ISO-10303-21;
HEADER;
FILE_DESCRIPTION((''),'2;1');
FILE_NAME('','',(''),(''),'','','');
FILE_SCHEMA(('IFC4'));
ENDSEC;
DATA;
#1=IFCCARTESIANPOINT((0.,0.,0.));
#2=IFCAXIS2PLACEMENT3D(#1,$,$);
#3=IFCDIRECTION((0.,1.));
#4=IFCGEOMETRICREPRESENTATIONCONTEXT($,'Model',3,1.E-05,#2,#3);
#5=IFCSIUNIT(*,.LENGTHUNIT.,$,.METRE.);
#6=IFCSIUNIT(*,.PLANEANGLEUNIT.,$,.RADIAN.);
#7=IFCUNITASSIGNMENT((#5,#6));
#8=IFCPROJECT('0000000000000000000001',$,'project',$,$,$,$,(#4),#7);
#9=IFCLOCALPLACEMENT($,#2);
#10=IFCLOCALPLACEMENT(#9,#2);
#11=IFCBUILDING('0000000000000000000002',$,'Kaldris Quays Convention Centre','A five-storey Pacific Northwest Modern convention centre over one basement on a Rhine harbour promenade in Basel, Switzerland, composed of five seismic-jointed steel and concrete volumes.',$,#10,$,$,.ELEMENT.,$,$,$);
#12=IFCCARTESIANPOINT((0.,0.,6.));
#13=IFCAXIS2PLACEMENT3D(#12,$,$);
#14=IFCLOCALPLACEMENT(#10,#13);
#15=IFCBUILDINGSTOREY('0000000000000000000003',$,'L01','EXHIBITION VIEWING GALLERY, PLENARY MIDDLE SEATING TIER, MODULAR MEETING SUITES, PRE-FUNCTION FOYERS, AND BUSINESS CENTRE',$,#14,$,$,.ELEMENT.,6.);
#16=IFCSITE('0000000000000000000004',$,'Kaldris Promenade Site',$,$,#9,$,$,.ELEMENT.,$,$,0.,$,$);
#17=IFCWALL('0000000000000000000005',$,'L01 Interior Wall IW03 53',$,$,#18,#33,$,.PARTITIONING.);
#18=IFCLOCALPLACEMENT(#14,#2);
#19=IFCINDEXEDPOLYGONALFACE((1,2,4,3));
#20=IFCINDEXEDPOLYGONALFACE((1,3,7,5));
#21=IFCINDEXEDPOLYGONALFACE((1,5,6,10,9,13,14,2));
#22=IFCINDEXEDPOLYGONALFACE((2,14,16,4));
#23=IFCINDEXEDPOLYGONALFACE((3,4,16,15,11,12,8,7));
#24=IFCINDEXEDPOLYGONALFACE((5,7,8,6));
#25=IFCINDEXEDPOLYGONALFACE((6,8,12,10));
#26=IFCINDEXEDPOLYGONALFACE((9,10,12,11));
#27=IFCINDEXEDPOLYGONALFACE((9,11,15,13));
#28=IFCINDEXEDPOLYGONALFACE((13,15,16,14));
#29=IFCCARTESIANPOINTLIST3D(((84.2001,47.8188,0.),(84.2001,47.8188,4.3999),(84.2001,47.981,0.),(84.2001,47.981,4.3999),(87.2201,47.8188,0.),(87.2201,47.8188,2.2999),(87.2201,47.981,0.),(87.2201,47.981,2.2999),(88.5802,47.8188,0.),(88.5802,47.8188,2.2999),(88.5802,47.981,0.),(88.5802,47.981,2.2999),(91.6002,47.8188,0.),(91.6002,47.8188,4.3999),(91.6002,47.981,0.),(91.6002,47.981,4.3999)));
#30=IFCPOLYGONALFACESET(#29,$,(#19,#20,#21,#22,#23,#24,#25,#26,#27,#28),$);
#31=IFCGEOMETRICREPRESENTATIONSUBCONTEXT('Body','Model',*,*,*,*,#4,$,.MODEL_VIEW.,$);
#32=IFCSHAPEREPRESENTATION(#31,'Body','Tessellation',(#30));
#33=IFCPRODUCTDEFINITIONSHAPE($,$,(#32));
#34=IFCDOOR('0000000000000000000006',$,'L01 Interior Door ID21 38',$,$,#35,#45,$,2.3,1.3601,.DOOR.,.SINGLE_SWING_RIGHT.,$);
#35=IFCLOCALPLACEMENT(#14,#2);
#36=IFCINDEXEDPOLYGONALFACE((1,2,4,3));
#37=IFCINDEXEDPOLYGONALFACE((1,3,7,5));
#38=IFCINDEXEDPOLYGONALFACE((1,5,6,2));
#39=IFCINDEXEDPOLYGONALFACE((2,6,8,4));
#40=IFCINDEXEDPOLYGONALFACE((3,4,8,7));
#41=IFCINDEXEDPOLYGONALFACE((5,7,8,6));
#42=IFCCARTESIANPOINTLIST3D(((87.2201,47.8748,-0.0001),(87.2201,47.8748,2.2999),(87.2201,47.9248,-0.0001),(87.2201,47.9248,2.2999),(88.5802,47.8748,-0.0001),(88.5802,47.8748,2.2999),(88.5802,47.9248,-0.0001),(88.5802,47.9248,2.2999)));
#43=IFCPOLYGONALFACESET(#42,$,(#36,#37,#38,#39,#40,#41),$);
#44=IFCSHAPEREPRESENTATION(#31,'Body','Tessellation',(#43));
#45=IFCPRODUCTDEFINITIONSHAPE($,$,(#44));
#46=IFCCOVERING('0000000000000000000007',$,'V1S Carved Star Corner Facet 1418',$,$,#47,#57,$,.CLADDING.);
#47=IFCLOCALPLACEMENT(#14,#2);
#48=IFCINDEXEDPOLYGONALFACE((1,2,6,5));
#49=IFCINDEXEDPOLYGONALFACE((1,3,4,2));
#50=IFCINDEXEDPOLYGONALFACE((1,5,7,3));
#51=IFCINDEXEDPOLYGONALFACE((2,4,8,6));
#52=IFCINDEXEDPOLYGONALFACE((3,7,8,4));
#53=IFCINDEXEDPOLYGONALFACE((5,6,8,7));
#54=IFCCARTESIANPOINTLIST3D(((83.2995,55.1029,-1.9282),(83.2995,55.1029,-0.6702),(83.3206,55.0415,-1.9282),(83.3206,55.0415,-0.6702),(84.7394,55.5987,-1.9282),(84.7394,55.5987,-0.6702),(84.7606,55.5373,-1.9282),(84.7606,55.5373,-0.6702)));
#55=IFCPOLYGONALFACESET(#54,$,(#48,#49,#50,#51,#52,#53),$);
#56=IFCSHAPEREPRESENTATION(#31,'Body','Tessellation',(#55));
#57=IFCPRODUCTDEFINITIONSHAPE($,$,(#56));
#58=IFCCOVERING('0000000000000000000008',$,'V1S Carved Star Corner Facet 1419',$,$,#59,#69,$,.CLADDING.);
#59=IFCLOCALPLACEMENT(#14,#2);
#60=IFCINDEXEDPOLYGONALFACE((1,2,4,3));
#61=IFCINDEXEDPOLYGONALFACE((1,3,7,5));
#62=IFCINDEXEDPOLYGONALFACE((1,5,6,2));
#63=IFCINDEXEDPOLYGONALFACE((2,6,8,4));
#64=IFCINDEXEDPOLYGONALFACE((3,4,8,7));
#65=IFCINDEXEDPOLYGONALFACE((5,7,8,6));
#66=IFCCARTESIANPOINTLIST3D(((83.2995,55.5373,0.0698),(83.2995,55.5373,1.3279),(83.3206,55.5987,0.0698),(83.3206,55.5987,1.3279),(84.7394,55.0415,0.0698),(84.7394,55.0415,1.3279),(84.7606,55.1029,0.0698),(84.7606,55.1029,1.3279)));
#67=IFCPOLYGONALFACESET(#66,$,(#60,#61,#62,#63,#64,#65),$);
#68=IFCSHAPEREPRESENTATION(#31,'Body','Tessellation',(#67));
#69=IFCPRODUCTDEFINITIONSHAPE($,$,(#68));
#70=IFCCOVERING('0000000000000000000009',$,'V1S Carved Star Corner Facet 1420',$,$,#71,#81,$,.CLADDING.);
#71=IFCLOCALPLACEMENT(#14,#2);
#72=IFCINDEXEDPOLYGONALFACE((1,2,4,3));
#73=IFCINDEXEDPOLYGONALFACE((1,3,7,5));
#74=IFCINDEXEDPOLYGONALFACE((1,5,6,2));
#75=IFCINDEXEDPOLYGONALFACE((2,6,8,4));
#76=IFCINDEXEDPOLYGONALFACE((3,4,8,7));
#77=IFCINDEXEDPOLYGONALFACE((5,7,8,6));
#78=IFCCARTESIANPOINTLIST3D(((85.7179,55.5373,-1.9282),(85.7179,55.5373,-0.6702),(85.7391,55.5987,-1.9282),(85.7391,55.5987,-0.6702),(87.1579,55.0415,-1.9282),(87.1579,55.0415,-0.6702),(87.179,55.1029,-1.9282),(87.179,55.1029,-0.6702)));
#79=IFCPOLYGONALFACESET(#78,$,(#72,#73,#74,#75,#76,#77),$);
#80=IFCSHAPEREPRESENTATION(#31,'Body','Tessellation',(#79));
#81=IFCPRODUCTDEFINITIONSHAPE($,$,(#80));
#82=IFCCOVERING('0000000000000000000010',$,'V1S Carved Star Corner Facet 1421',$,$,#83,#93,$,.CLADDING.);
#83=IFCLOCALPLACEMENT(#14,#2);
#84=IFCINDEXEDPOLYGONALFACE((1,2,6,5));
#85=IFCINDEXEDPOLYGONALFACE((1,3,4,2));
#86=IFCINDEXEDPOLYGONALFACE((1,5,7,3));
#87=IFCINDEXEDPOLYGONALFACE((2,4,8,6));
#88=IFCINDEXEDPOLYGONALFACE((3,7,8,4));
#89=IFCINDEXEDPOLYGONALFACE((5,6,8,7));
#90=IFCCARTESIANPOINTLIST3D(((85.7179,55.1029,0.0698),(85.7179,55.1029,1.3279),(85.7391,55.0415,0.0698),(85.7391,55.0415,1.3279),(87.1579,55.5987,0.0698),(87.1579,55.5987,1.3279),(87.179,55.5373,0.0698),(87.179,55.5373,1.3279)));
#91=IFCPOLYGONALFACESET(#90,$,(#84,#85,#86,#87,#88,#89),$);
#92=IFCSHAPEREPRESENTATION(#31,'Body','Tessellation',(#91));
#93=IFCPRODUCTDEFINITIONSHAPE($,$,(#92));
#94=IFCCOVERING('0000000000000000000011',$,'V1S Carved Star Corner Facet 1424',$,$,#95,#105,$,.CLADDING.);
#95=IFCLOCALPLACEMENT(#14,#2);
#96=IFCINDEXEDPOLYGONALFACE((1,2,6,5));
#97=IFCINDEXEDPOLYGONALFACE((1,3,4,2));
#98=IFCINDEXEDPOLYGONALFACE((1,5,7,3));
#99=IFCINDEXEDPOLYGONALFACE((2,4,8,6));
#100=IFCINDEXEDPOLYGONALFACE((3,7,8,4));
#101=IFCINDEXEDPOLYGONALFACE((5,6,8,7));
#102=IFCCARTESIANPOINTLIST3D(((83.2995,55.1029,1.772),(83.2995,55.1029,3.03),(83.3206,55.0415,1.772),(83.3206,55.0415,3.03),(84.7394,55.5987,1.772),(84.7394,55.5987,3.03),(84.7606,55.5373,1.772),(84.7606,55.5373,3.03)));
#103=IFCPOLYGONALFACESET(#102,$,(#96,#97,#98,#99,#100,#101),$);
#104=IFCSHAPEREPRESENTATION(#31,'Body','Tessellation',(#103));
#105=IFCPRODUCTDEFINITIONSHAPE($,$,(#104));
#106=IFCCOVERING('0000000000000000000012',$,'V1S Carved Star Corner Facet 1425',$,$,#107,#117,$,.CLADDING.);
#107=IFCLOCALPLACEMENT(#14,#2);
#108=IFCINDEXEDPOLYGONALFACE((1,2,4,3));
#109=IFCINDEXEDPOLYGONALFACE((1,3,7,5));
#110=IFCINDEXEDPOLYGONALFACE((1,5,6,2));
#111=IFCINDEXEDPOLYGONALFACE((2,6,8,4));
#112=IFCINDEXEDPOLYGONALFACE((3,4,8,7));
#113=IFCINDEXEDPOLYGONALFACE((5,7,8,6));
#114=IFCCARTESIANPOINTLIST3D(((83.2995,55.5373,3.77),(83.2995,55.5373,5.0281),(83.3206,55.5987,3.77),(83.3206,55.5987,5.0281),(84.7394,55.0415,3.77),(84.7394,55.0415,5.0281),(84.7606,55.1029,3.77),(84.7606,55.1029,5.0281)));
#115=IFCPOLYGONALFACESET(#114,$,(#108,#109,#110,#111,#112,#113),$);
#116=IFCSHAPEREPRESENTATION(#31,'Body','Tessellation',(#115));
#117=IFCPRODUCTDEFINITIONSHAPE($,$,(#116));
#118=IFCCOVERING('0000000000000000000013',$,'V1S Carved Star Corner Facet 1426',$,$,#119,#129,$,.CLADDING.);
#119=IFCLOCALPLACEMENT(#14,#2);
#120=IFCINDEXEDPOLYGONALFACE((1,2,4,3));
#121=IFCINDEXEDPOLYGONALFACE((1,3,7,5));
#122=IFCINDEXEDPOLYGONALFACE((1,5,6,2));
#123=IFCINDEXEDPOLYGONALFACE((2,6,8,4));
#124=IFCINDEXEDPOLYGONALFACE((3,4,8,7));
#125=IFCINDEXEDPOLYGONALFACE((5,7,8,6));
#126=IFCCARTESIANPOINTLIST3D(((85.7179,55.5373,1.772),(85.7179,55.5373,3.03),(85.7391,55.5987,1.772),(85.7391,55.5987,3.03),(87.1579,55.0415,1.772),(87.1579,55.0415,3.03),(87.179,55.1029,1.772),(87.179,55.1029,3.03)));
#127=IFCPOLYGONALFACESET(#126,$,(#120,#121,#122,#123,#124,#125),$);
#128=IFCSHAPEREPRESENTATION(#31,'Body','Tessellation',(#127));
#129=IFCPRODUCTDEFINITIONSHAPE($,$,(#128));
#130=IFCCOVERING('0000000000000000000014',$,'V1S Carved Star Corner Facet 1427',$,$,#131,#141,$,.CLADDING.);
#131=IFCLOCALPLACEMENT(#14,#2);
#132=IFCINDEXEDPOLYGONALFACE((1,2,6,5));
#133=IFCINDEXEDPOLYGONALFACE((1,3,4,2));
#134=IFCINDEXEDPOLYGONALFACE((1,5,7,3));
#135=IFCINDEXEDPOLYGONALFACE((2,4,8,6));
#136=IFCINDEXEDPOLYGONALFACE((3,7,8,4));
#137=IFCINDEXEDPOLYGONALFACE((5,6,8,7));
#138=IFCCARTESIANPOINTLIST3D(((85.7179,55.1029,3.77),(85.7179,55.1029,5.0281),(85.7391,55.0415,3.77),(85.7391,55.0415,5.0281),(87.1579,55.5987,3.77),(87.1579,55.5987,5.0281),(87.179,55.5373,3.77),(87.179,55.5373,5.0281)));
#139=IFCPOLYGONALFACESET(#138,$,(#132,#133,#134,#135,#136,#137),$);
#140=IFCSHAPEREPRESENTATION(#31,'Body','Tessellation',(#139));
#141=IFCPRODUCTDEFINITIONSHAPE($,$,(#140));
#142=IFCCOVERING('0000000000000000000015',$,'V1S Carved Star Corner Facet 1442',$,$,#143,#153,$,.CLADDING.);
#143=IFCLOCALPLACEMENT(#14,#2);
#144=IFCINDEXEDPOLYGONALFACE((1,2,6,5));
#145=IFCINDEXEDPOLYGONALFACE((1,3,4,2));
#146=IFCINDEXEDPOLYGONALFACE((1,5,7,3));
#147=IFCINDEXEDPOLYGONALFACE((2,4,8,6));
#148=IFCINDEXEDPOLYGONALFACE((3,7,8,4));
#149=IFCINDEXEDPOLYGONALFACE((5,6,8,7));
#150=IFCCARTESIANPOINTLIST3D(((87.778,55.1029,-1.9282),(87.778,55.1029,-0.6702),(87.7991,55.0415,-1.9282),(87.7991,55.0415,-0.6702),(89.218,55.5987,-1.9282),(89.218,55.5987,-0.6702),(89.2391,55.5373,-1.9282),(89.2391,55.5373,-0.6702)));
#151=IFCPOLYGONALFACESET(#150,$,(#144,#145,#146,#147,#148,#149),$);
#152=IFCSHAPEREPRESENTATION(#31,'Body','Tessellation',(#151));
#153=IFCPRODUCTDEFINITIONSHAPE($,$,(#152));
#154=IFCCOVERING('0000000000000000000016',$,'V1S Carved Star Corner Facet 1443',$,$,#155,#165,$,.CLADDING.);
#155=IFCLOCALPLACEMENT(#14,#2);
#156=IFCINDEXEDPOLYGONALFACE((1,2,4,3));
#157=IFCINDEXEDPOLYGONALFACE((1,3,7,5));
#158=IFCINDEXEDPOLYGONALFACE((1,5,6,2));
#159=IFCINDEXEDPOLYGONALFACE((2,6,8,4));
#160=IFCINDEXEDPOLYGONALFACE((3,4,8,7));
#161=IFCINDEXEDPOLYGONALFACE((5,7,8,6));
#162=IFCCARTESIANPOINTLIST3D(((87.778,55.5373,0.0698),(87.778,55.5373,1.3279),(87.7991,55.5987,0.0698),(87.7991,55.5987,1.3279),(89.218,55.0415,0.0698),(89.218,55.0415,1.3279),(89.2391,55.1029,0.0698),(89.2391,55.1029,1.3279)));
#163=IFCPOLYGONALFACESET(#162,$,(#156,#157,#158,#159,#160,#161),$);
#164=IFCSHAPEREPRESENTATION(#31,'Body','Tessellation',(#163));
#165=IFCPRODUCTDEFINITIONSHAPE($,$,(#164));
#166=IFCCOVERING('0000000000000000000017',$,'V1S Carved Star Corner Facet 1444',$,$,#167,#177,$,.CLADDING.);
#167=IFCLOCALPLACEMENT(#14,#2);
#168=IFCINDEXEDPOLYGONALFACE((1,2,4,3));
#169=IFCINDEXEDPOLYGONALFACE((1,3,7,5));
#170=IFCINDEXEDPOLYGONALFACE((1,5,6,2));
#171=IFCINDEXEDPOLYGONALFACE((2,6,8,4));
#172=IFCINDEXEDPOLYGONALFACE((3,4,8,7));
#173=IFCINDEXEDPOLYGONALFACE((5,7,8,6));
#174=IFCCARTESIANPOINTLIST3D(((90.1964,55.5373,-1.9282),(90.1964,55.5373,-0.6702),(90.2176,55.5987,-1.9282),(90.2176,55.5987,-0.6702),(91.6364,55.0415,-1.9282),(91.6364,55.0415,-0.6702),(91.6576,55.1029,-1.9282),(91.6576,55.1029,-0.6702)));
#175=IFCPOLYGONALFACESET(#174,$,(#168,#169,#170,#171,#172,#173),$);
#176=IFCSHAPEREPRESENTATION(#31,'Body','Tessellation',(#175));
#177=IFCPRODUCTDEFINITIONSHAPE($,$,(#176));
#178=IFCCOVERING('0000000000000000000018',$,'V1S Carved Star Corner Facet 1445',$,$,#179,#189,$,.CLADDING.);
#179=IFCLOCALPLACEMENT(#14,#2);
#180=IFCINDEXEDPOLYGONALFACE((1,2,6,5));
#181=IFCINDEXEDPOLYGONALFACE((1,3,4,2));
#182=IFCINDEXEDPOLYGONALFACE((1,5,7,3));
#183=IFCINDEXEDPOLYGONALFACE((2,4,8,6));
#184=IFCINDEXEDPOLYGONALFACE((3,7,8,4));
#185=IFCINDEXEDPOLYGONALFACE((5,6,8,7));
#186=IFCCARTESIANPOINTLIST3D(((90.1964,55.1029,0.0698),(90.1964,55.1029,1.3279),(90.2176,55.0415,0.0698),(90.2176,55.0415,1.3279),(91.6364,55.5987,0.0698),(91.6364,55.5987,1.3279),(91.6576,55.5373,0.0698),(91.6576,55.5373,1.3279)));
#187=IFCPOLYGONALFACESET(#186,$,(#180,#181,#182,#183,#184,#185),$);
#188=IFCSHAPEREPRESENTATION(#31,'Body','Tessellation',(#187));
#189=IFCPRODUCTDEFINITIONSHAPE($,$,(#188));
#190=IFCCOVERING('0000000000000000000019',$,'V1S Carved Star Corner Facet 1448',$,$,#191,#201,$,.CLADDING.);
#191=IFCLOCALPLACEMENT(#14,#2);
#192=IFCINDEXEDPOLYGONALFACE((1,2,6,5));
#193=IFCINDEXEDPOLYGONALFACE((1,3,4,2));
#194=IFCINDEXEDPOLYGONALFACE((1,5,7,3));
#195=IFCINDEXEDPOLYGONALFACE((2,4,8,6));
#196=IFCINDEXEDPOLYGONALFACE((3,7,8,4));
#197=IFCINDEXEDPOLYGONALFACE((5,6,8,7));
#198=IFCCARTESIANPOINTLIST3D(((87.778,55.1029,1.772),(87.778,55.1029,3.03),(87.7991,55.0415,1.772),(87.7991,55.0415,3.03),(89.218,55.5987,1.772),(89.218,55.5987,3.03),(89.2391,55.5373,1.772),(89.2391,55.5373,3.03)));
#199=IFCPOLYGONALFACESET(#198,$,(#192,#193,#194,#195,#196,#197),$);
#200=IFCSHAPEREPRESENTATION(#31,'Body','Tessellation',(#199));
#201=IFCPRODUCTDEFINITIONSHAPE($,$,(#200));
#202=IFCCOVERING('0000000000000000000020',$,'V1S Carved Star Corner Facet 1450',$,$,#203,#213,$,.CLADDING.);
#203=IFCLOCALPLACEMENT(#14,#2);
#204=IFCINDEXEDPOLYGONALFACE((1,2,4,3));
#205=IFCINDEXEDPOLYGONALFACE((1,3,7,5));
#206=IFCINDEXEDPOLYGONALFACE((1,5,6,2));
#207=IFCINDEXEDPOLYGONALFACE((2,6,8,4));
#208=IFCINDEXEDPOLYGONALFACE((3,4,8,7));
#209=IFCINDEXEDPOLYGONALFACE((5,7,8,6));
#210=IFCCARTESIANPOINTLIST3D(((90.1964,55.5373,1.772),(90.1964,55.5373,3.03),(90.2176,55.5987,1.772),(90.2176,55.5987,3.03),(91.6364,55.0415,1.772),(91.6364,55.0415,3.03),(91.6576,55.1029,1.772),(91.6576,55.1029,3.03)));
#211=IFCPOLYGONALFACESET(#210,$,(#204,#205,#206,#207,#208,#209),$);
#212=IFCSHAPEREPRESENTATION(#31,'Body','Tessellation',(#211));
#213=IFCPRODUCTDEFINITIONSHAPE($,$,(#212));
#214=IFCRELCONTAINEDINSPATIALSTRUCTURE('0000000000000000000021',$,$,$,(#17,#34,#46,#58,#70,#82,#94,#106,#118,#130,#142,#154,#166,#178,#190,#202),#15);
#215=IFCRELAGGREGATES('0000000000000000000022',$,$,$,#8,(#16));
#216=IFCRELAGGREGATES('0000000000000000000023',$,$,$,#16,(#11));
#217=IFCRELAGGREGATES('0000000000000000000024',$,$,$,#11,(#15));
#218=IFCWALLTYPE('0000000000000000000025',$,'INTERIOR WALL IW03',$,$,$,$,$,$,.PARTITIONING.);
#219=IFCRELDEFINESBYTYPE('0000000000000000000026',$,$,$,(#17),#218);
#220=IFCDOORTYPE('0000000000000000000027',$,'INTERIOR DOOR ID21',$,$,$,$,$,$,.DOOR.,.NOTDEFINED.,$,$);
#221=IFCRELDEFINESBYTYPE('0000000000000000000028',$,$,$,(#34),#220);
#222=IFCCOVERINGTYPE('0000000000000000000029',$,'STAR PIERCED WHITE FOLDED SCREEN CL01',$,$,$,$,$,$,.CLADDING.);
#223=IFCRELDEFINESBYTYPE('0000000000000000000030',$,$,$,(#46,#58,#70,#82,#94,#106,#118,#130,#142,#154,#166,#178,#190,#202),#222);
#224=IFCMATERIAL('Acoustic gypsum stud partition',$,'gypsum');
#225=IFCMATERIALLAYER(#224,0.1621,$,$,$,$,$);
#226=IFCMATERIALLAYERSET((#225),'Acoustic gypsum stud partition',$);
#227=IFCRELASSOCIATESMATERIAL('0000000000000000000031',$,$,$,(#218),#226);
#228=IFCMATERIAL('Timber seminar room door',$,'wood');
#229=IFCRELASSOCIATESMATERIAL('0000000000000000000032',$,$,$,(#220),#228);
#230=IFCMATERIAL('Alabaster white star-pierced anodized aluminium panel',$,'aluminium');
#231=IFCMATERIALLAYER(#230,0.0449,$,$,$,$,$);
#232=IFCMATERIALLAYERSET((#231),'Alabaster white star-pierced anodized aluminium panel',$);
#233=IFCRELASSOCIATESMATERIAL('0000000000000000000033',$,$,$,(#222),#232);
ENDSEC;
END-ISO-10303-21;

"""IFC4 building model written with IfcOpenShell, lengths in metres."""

from ifc_helpers import new_model, si_unit, direction, frame, frame_2d, origin, origin_2d, place, context, subcontext, project, spatial, rectangle, extrude, material, layer, layer_set, type_object, element, fill, save


model = new_model("IFC4")

# Units and contexts
model_context = context("Model", 3, precision=1e-05, world=origin(), true_north=direction((0.0, 1.0)))
body_context = subcontext(model_context, "Body", "Model", "MODEL_VIEW")
ifc_project = project(units=[si_unit("LENGTHUNIT", "METRE"), si_unit("PLANEANGLEUNIT", "RADIAN")], contexts=[model_context])

# Site, building, storey
site_placement = place(None, origin())
site = spatial("IfcSite", under=ifc_project, at=site_placement, Name="Kaldris Promenade Site", CompositionType="ELEMENT", RefElevation=0.0)
building_placement = place(site_placement, origin())
building = spatial("IfcBuilding", under=site, at=building_placement, Name="Kaldris Quays Convention Centre", Description="A five-storey Pacific Northwest Modern convention centre over one basement on a Rhine harbour promenade in Basel, Switzerland, composed of five seismic-jointed steel and concrete volumes.", CompositionType="ELEMENT")
storey_placement = place(building_placement, frame((0.0, 0.0, 6.0)))
storey = spatial("IfcBuildingStorey", under=building, at=storey_placement, Name="L01", Description="EXHIBITION VIEWING GALLERY, PLENARY MIDDLE SEATING TIER, MODULAR MEETING SUITES, PRE-FUNCTION FOYERS, AND BUSINESS CENTRE", CompositionType="ELEMENT", Elevation=6.0)

# Wall, opening, door
ifc_material_1 = material(Name="Acoustic gypsum stud partition", Category="gypsum")
ifc_layer_1 = layer(ifc_material_1, 0.1621)
ifc_layer_set_1 = layer_set([ifc_layer_1], Name="Acoustic gypsum stud partition")
wall_type_1 = type_object("IfcWallType", Name="INTERIOR WALL IW03", PredefinedType="PARTITIONING", material=ifc_layer_set_1)
wall_1_placement = place(storey_placement, frame((84.2, 47.8999, 0.0), z_axis=(0.0, 0.0, 1.0), x_axis=(1.0, 0.0, 0.0)))
wall_1 = element("IfcWall", 1, at=wall_1_placement, inside=storey, type_object=wall_type_1, Name="L01 Interior Wall IW03 53", PredefinedType="PARTITIONING", context=body_context, shape_type="SweptSolid", body=[
    extrude(rectangle(XDim=7.4001, YDim=0.1621, at=frame_2d((3.7002, 0.0))), origin(), (0.0, 0.0, 1.0), 4.3999),
])
opening_placement = place(wall_1_placement, frame((3.02, 0.0, 0.0)))
opening = element("IfcOpeningElement", 2, at=opening_placement, cuts=wall_1, PredefinedType="OPENING", context=body_context, shape_type="SweptSolid", body=[
    extrude(rectangle(XDim=1.3601, YDim=2.3, at=frame_2d((0.6802, 1.1499))), frame((0.0, 0.0911, 0.0), z_axis=(0.0, -1.0, 0.0), x_axis=(1.0, 0.0, 0.0)), (0.0, 0.0, 1.0), 0.1821),
])
ifc_material_2 = material(Name="Timber seminar room door", Category="wood")
door_type = type_object("IfcDoorType", Name="INTERIOR DOOR ID21", OperationType="NOTDEFINED", PredefinedType="DOOR", material=ifc_material_2)
door_placement = place(opening_placement, origin())
door = element("IfcDoor", 3, at=door_placement, inside=storey, type_object=door_type, Name="L01 Interior Door ID21 38", OperationType="SINGLE_SWING_RIGHT", OverallHeight=2.3, OverallWidth=1.3601, PredefinedType="DOOR", context=body_context, shape_type="SweptSolid", body=[
    extrude(rectangle(XDim=1.3601, YDim=2.3, at=frame_2d((0.6802, 1.1499))), frame((0.0, 0.0249, 0.0), z_axis=(0.0, -1.0, 0.0), x_axis=(1.0, 0.0, 0.0)), (0.0, 0.0, 1.0), 0.05),
])
fill(opening, door)

# Coverings
ifc_material_3 = material(Name="Alabaster white star-pierced anodized aluminium panel", Category="aluminium")
ifc_layer_2 = layer(ifc_material_3, 0.0449)
ifc_layer_set_2 = layer_set([ifc_layer_2], Name="Alabaster white star-pierced anodized aluminium panel")
covering_type = type_object("IfcCoveringType", Name="STAR PIERCED WHITE FOLDED SCREEN CL01", PredefinedType="CLADDING", material=ifc_layer_set_2)
for number, where, z_axis, x_axis, name in (
    (4, (84.03, 55.3201, -1.9282), (0.0, 0.0, 1.0), (0.945519, 0.325568, 0.0), "V1S Carved Star Corner Facet 1418"),
    (5, (84.03, 55.3201, 0.0698), (0.0, 0.0, 1.0), (0.945519, -0.325568, 0.0), "V1S Carved Star Corner Facet 1419"),
    (6, (86.4485, 55.3201, -1.9282), (0.0, 0.0, 1.0), (0.945519, -0.325568, 0.0), "V1S Carved Star Corner Facet 1420"),
    (7, (86.4485, 55.3201, 0.0698), (0.0, 0.0, 1.0), (0.945519, 0.325568, 0.0), "V1S Carved Star Corner Facet 1421"),
    (8, (84.03, 55.3201, 1.772), (0.0, 0.0, 1.0), (0.945519, 0.325568, 0.0), "V1S Carved Star Corner Facet 1424"),
    (9, (84.03, 55.3201, 3.77), (0.0, 0.0, 1.0), (0.945519, -0.325568, 0.0), "V1S Carved Star Corner Facet 1425"),
    (10, (86.4485, 55.3201, 1.772), (0.0, 0.0, 1.0), (0.945519, -0.325568, 0.0), "V1S Carved Star Corner Facet 1426"),
    (11, (86.4485, 55.3201, 3.77), (0.0, 0.0, 1.0), (0.945519, 0.325568, 0.0), "V1S Carved Star Corner Facet 1427"),
    (12, (88.5085, 55.3201, -1.9282), (0.0, 0.0, 1.0), (0.945519, 0.325568, 0.0), "V1S Carved Star Corner Facet 1442"),
    (13, (88.5085, 55.3201, 0.0698), (0.0, 0.0, 1.0), (0.945519, -0.325568, 0.0), "V1S Carved Star Corner Facet 1443"),
    (14, (90.927, 55.3201, -1.9282), (0.0, 0.0, 1.0), (0.945519, -0.325568, 0.0), "V1S Carved Star Corner Facet 1444"),
    (15, (90.927, 55.3201, 0.0698), (0.0, 0.0, 1.0), (0.945519, 0.325568, 0.0), "V1S Carved Star Corner Facet 1445"),
    (16, (88.5085, 55.3201, 1.772), (0.0, 0.0, 1.0), (0.945519, 0.325568, 0.0), "V1S Carved Star Corner Facet 1448"),
    (17, (90.927, 55.3201, 1.772), (0.0, 0.0, 1.0), (0.945519, -0.325568, 0.0), "V1S Carved Star Corner Facet 1450"),
):
    element("IfcCovering", number, at=place(storey_placement, frame(where, z_axis=z_axis, x_axis=x_axis)), inside=storey, type_object=covering_type, Name=name, PredefinedType="CLADDING", context=body_context, shape_type="SweptSolid", body=[
        extrude(rectangle(XDim=1.5229, YDim=0.0649, at=origin_2d()), origin(), (0.0, 0.0, 1.0), 1.2581),
    ])

save(model, "model.ifc")
